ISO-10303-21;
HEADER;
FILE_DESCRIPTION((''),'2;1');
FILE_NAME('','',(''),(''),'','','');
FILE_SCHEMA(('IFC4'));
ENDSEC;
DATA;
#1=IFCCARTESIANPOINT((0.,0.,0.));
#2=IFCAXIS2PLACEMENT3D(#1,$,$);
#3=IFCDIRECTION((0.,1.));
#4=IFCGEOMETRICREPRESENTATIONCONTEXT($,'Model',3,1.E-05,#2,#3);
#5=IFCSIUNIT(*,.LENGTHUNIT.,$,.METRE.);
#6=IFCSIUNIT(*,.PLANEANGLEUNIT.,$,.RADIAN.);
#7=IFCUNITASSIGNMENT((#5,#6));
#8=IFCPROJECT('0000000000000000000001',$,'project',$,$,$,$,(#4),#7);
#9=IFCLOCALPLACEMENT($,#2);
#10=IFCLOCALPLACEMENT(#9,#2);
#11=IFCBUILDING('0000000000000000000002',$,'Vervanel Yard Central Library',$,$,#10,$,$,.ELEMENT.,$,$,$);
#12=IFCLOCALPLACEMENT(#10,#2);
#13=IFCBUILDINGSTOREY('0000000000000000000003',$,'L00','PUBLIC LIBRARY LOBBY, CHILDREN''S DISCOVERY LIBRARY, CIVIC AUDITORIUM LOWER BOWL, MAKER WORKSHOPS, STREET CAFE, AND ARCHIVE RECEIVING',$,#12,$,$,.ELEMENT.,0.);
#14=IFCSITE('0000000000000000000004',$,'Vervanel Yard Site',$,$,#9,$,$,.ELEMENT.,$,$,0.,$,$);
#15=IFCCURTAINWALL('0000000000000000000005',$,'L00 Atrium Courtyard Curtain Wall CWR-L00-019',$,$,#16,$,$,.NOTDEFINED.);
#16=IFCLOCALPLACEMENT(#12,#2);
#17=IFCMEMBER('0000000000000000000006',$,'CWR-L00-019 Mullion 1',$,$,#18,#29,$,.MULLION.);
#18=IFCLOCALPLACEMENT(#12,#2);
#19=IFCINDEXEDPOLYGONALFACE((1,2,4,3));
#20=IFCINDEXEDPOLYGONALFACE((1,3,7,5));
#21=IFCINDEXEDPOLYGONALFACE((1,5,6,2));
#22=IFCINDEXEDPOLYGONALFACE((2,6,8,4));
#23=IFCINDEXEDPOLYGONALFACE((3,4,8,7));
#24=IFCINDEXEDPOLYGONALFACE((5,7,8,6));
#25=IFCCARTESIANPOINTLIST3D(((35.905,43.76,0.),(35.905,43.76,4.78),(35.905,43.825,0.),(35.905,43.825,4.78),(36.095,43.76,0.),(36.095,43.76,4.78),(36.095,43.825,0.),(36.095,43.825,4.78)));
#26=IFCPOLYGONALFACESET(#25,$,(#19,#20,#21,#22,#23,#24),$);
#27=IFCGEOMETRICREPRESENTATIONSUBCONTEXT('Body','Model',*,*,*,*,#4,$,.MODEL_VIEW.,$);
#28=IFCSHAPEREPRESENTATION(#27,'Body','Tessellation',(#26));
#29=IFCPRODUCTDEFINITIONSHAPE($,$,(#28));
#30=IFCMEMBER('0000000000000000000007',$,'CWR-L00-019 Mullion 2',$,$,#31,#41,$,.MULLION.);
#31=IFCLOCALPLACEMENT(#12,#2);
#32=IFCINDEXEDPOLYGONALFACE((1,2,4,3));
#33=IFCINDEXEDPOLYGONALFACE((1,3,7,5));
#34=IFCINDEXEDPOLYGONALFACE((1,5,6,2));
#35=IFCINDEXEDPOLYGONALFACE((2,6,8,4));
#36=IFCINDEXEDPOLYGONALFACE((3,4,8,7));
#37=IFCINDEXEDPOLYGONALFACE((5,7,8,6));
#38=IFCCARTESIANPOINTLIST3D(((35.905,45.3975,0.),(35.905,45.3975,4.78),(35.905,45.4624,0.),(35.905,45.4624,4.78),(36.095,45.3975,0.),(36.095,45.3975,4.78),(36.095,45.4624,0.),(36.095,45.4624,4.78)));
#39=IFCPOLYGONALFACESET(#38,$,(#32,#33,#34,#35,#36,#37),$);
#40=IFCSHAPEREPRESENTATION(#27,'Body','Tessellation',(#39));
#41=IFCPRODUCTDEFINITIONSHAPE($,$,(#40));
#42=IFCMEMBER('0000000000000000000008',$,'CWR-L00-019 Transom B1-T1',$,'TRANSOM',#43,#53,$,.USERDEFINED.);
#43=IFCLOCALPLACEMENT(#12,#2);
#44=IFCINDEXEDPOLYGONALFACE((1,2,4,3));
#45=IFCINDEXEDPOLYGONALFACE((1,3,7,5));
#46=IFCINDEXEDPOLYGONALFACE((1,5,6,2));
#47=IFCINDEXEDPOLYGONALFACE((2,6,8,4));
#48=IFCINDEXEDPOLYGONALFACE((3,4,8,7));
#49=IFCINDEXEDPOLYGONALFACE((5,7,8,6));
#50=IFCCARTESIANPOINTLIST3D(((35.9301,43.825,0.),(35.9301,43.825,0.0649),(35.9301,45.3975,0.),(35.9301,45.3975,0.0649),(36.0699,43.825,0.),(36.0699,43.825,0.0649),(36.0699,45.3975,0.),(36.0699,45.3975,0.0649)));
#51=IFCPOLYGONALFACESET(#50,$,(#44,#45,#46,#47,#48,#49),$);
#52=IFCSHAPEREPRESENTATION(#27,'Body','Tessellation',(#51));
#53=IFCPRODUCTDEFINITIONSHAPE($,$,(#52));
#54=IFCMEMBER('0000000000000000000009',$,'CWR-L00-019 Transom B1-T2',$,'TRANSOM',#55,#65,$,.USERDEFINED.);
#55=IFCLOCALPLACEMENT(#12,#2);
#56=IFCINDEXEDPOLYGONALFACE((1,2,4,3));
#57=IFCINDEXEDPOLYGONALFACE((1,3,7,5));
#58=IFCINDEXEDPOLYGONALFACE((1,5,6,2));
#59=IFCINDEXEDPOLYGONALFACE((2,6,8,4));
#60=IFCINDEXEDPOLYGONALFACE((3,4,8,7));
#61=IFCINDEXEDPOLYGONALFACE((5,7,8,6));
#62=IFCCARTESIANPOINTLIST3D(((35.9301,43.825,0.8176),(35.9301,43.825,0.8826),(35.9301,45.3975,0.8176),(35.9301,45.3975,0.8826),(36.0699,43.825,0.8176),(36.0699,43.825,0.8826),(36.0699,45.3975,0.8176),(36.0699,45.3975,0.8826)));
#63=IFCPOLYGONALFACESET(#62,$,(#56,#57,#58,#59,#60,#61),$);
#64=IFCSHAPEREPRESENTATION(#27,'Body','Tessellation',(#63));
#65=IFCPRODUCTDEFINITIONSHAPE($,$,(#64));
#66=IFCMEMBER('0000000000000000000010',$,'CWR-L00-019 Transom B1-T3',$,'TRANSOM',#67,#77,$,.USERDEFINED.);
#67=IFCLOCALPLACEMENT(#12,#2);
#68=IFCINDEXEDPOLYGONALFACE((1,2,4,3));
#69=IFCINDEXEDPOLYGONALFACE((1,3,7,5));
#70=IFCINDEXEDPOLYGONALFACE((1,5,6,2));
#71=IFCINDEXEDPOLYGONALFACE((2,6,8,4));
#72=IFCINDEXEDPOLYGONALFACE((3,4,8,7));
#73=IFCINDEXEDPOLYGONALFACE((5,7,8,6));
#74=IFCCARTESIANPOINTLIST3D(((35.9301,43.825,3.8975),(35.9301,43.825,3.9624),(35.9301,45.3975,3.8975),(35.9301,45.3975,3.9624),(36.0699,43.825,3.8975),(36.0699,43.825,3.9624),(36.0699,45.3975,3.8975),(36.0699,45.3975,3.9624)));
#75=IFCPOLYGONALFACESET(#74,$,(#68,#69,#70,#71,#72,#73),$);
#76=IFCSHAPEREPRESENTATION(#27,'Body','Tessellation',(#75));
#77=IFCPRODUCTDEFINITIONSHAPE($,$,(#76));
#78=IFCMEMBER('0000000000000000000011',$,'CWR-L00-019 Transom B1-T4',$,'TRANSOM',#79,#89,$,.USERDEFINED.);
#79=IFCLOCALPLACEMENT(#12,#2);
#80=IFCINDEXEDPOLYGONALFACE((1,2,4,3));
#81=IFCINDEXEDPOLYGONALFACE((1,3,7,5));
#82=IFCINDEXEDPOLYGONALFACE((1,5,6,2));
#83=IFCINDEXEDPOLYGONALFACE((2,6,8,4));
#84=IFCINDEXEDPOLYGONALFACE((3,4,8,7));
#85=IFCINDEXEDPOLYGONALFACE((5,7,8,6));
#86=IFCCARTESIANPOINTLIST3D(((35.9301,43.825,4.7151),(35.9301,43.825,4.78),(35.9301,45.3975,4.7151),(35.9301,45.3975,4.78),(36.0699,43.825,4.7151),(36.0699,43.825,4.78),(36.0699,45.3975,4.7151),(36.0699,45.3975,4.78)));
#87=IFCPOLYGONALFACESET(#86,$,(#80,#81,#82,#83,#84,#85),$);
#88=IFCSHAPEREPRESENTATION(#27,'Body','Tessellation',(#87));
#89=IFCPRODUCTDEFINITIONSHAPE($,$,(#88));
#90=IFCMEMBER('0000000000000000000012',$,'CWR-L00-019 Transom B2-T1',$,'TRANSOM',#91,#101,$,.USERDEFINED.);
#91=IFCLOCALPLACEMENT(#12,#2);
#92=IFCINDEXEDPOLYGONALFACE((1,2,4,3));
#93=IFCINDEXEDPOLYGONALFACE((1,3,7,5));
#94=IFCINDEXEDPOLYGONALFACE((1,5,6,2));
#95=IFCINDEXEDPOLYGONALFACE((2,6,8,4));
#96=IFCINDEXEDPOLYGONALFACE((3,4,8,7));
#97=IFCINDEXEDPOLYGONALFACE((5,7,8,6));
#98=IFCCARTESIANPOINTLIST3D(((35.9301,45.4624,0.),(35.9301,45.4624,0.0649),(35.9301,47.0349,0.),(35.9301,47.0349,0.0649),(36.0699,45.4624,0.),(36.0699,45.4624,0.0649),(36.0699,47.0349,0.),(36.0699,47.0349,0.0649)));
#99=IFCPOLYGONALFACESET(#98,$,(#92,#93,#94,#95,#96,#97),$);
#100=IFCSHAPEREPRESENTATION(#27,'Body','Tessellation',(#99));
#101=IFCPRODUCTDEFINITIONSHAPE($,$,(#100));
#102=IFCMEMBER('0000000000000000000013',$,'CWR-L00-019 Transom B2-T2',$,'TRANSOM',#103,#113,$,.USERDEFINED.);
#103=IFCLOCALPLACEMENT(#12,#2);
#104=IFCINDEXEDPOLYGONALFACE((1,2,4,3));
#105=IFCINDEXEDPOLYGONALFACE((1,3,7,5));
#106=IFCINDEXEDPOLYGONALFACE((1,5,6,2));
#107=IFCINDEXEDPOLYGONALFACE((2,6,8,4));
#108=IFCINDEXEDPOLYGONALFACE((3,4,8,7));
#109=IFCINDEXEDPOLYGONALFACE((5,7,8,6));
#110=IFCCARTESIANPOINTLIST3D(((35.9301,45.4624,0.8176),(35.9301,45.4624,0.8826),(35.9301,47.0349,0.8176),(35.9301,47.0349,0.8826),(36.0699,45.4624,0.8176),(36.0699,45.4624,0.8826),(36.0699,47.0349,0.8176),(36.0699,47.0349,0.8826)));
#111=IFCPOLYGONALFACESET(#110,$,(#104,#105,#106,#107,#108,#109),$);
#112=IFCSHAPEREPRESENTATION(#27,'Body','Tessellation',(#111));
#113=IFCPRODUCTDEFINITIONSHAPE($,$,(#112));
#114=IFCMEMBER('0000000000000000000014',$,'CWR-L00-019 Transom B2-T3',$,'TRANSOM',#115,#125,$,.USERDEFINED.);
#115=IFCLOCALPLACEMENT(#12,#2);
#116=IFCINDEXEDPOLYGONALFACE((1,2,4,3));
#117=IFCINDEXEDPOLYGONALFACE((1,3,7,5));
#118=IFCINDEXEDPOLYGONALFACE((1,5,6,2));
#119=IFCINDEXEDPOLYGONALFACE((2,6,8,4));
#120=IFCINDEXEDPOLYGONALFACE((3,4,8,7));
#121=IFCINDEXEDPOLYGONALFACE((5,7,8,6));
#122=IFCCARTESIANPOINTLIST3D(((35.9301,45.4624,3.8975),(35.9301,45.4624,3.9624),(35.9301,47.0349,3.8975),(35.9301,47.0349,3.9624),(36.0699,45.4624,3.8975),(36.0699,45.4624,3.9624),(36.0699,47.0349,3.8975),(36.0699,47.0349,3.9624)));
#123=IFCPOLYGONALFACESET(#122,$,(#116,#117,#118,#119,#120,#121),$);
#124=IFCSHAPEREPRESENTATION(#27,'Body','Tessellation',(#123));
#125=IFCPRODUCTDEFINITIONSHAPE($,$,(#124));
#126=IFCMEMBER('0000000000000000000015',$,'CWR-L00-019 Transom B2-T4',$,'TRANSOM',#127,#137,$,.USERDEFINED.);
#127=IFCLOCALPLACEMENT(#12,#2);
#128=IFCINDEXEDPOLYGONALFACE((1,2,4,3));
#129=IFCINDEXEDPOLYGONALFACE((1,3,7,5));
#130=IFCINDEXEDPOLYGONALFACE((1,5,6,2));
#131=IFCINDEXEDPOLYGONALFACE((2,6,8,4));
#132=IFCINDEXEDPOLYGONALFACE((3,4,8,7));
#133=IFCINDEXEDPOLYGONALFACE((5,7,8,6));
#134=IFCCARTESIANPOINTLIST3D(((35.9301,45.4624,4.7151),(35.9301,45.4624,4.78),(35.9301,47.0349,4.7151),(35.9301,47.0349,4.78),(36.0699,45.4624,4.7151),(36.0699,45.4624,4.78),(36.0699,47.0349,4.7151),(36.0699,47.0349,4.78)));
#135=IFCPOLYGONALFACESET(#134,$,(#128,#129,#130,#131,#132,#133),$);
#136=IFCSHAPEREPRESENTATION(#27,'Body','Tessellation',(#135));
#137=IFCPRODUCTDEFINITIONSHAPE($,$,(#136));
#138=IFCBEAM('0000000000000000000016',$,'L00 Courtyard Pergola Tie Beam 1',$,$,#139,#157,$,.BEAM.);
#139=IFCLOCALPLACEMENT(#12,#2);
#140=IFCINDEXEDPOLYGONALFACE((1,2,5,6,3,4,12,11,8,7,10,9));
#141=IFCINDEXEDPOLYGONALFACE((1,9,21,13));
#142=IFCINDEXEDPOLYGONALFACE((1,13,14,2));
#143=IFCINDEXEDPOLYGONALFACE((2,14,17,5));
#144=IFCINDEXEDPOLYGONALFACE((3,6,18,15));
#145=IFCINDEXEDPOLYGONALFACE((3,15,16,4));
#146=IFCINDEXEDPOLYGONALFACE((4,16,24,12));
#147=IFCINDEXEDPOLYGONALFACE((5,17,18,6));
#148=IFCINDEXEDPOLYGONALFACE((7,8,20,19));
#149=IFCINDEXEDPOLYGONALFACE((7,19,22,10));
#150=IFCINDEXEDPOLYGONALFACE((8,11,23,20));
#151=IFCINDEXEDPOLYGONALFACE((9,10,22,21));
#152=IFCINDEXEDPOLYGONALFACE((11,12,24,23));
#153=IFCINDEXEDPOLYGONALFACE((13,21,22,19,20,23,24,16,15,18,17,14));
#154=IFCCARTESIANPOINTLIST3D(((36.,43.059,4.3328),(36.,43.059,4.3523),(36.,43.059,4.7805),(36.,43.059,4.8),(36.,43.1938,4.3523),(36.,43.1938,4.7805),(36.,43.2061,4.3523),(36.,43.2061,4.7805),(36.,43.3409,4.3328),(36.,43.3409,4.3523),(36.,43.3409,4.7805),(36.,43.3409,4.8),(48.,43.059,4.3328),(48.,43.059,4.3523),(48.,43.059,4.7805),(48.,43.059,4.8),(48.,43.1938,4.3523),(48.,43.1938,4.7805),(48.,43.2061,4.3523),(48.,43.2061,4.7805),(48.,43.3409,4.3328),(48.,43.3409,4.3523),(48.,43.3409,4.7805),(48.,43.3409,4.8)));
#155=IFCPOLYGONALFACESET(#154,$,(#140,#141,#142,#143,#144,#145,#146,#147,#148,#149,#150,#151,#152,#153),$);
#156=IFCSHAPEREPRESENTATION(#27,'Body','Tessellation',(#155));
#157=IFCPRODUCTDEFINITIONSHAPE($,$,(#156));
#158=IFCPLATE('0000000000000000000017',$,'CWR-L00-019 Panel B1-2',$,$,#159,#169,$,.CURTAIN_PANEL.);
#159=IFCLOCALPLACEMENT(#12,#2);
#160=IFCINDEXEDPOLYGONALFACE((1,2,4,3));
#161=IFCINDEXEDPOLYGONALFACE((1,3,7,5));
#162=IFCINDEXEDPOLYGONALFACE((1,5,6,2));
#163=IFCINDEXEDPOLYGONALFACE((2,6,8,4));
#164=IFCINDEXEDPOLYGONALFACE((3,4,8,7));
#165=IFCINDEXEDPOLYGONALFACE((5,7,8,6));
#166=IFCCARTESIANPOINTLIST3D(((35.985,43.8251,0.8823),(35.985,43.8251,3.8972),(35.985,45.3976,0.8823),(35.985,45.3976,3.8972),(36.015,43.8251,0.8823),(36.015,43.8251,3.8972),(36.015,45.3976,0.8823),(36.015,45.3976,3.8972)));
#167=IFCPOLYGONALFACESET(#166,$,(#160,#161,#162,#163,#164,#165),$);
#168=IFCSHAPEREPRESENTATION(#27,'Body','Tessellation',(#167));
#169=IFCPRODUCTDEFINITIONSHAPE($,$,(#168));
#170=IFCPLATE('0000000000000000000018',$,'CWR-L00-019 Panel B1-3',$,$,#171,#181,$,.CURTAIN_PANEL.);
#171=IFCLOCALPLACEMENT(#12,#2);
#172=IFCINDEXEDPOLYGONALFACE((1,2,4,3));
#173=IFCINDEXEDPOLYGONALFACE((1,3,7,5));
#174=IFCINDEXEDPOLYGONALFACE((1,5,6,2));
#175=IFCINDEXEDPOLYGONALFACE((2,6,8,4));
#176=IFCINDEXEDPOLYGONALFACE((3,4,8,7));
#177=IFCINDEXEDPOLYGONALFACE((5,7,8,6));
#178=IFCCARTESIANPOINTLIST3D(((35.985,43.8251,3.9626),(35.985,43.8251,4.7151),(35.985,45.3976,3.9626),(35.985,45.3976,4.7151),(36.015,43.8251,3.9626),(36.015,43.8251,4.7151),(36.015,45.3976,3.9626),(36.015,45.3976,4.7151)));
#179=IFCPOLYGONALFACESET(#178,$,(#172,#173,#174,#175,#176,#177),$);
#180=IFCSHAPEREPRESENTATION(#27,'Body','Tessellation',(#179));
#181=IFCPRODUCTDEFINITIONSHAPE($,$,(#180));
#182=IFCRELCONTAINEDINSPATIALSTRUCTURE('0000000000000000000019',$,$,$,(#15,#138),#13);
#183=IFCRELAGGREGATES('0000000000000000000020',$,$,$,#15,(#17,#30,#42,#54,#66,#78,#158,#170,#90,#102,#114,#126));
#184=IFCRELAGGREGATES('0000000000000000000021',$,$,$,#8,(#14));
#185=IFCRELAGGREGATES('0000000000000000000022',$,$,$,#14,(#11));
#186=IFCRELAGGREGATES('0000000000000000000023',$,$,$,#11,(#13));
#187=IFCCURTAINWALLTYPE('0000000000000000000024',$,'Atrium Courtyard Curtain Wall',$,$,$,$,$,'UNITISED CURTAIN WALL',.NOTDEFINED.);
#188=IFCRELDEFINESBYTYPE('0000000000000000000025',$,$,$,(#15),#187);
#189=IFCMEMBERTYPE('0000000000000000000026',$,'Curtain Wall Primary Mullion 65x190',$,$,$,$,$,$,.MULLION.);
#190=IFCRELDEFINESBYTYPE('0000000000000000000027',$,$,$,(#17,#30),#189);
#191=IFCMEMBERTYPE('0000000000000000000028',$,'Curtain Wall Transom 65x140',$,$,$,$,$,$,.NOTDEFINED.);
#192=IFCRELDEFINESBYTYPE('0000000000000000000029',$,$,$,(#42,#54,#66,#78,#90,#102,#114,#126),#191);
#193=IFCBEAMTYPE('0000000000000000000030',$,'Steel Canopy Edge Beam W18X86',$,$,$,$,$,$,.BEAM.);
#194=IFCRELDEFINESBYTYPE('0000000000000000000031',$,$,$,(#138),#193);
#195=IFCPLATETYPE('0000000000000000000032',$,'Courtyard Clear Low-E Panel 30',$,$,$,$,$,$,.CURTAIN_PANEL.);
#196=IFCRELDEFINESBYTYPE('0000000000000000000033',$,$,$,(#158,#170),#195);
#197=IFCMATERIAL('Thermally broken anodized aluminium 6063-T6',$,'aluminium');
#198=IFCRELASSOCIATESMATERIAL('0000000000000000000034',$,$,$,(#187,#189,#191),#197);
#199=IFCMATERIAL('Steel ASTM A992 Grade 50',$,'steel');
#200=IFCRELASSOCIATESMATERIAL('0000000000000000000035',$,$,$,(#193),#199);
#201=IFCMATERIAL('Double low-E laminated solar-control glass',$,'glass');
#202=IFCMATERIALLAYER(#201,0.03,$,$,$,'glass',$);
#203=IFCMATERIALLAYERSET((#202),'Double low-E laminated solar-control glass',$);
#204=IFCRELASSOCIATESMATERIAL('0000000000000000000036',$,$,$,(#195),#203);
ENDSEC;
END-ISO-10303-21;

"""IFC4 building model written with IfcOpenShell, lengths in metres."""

from ifc_helpers import new_model, si_unit, direction, frame, origin, origin_2d, place, context, subcontext, project, spatial, rectangle, i_section, extrude, material, layer, layer_set, material_profile, profile_set, type_object, element, aggregate, save


model = new_model("IFC4")

# Units and contexts
model_context = context("Model", 3, precision=1e-05, world=origin(), true_north=direction((0.0, 1.0)))
body_context = subcontext(model_context, "Body", "Model", "MODEL_VIEW")
ifc_project = project(units=[si_unit("LENGTHUNIT", "METRE"), si_unit("PLANEANGLEUNIT", "RADIAN")], contexts=[model_context])

# Site, building, storey
site_placement = place(None, origin())
site = spatial("IfcSite", under=ifc_project, at=site_placement, Name="Vervanel Yard Site", CompositionType="ELEMENT", RefElevation=0.0)
building_placement = place(site_placement, origin())
building = spatial("IfcBuilding", under=site, at=building_placement, Name="Vervanel Yard Central Library", CompositionType="ELEMENT")
storey_placement = place(building_placement, origin())
storey = spatial("IfcBuildingStorey", under=building, at=storey_placement, Name="L00", Description="PUBLIC LIBRARY LOBBY, CHILDREN'S DISCOVERY LIBRARY, CIVIC AUDITORIUM LOWER BOWL, MAKER WORKSHOPS, STREET CAFE, AND ARCHIVE RECEIVING", CompositionType="ELEMENT", Elevation=0.0)

# Shared definitions
ifc_material_1 = material(Name="Thermally broken anodized aluminium 6063-T6", Category="aluminium")
curtain_wall_type = type_object("IfcCurtainWallType", Name="Atrium Courtyard Curtain Wall", ElementType="UNITISED CURTAIN WALL", PredefinedType="NOTDEFINED", material=ifc_material_1)
ifc_material_profile_1 = material_profile(ifc_material_1, rectangle(XDim=0.0649, YDim=0.1899, at=origin_2d()), Name="ALU 65x190", Category="aluminium")
ifc_profile_set_1 = profile_set([ifc_material_profile_1], Name="Thermally broken anodized aluminium 6063-T6")
member_type_1 = type_object("IfcMemberType", Name="Curtain Wall Primary Mullion 65x190", PredefinedType="MULLION", material=ifc_profile_set_1)

# Curtain wall, members
curtain_wall_1_placement = place(storey_placement, origin())
curtain_wall_1 = element("IfcCurtainWall", 1, at=curtain_wall_1_placement, inside=storey, type_object=curtain_wall_type, Name="L00 Atrium Courtyard Curtain Wall CWR-L00-019", PredefinedType="NOTDEFINED")
member_1_placement = place(storey_placement, frame((36.0, 43.7925, 0.0), z_axis=(0.0, 0.0, 1.0), x_axis=(0.0, 1.0, 0.0)))
member_1 = element("IfcMember", 2, at=member_1_placement, type_object=member_type_1, Name="CWR-L00-019 Mullion 1", PredefinedType="MULLION", context=body_context, shape_type="SweptSolid", body=[
    extrude(rectangle(XDim=0.0649, YDim=0.1899, at=origin_2d()), origin(), (0.0, 0.0, 1.0), 4.78),
])
member_2_placement = place(storey_placement, frame((36.0, 45.4299, 0.0), z_axis=(0.0, 0.0, 1.0), x_axis=(0.0, 1.0, 0.0)))
member_2 = element("IfcMember", 3, at=member_2_placement, type_object=member_type_1, Name="CWR-L00-019 Mullion 2", PredefinedType="MULLION", context=body_context, shape_type="SweptSolid", body=[
    extrude(rectangle(XDim=0.0649, YDim=0.1899, at=origin_2d()), origin(), (0.0, 0.0, 1.0), 4.78),
])
ifc_material_profile_2 = material_profile(ifc_material_1, rectangle(XDim=0.0649, YDim=0.1399, at=origin_2d()), Name="ALU 65x140", Category="aluminium")
ifc_profile_set_2 = profile_set([ifc_material_profile_2], Name="Thermally broken anodized aluminium 6063-T6")
member_type_2 = type_object("IfcMemberType", Name="Curtain Wall Transom 65x140", PredefinedType="NOTDEFINED", material=ifc_profile_set_2)
member_3_placement = place(storey_placement, frame((36.0, 43.825, 0.0325), z_axis=(0.0, 1.0, 0.0), x_axis=(0.0, 0.0, 1.0)))
member_3 = element("IfcMember", 4, at=member_3_placement, type_object=member_type_2, Name="CWR-L00-019 Transom B1-T1", ObjectType="TRANSOM", PredefinedType="USERDEFINED", context=body_context, shape_type="SweptSolid", body=[
    extrude(rectangle(XDim=0.0649, YDim=0.1399, at=origin_2d()), origin(), (0.0, 0.0, 1.0), 1.5725),
])
member_4_placement = place(storey_placement, frame((36.0, 43.825, 0.8501), z_axis=(0.0, 1.0, 0.0), x_axis=(0.0, 0.0, 1.0)))
member_4 = element("IfcMember", 5, at=member_4_placement, type_object=member_type_2, Name="CWR-L00-019 Transom B1-T2", ObjectType="TRANSOM", PredefinedType="USERDEFINED", context=body_context, shape_type="SweptSolid", body=[
    extrude(rectangle(XDim=0.0649, YDim=0.1399, at=origin_2d()), origin(), (0.0, 0.0, 1.0), 1.5725),
])
member_5_placement = place(storey_placement, frame((36.0, 43.825, 3.9299), z_axis=(0.0, 1.0, 0.0), x_axis=(0.0, 0.0, 1.0)))
member_5 = element("IfcMember", 6, at=member_5_placement, type_object=member_type_2, Name="CWR-L00-019 Transom B1-T3", ObjectType="TRANSOM", PredefinedType="USERDEFINED", context=body_context, shape_type="SweptSolid", body=[
    extrude(rectangle(XDim=0.0649, YDim=0.1399, at=origin_2d()), origin(), (0.0, 0.0, 1.0), 1.5725),
])
member_6_placement = place(storey_placement, frame((36.0, 43.825, 4.7476), z_axis=(0.0, 1.0, 0.0), x_axis=(0.0, 0.0, 1.0)))
member_6 = element("IfcMember", 7, at=member_6_placement, type_object=member_type_2, Name="CWR-L00-019 Transom B1-T4", ObjectType="TRANSOM", PredefinedType="USERDEFINED", context=body_context, shape_type="SweptSolid", body=[
    extrude(rectangle(XDim=0.0649, YDim=0.1399, at=origin_2d()), origin(), (0.0, 0.0, 1.0), 1.5725),
])
member_7_placement = place(storey_placement, frame((36.0, 45.4624, 0.0325), z_axis=(0.0, 1.0, 0.0), x_axis=(0.0, 0.0, 1.0)))
member_7 = element("IfcMember", 8, at=member_7_placement, type_object=member_type_2, Name="CWR-L00-019 Transom B2-T1", ObjectType="TRANSOM", PredefinedType="USERDEFINED", context=body_context, shape_type="SweptSolid", body=[
    extrude(rectangle(XDim=0.0649, YDim=0.1399, at=origin_2d()), origin(), (0.0, 0.0, 1.0), 1.5725),
])
member_8_placement = place(storey_placement, frame((36.0, 45.4624, 0.8501), z_axis=(0.0, 1.0, 0.0), x_axis=(0.0, 0.0, 1.0)))
member_8 = element("IfcMember", 9, at=member_8_placement, type_object=member_type_2, Name="CWR-L00-019 Transom B2-T2", ObjectType="TRANSOM", PredefinedType="USERDEFINED", context=body_context, shape_type="SweptSolid", body=[
    extrude(rectangle(XDim=0.0649, YDim=0.1399, at=origin_2d()), origin(), (0.0, 0.0, 1.0), 1.5725),
])
member_9_placement = place(storey_placement, frame((36.0, 45.4624, 3.9299), z_axis=(0.0, 1.0, 0.0), x_axis=(0.0, 0.0, 1.0)))
member_9 = element("IfcMember", 10, at=member_9_placement, type_object=member_type_2, Name="CWR-L00-019 Transom B2-T3", ObjectType="TRANSOM", PredefinedType="USERDEFINED", context=body_context, shape_type="SweptSolid", body=[
    extrude(rectangle(XDim=0.0649, YDim=0.1399, at=origin_2d()), origin(), (0.0, 0.0, 1.0), 1.5725),
])
member_10_placement = place(storey_placement, frame((36.0, 45.4624, 4.7476), z_axis=(0.0, 1.0, 0.0), x_axis=(0.0, 0.0, 1.0)))
member_10 = element("IfcMember", 11, at=member_10_placement, type_object=member_type_2, Name="CWR-L00-019 Transom B2-T4", ObjectType="TRANSOM", PredefinedType="USERDEFINED", context=body_context, shape_type="SweptSolid", body=[
    extrude(rectangle(XDim=0.0649, YDim=0.1399, at=origin_2d()), origin(), (0.0, 0.0, 1.0), 1.5725),
])

# Beam
ifc_material_2 = material(Name="Steel ASTM A992 Grade 50", Category="steel")
ifc_material_profile_3 = material_profile(ifc_material_2, i_section(OverallWidth=0.282, OverallDepth=0.4673, WebThickness=0.0122, FlangeThickness=0.0195, at=origin_2d()), Name="W18X86", Category="steel")
ifc_profile_set_3 = profile_set([ifc_material_profile_3], Name="Steel ASTM A992 Grade 50")
beam_type = type_object("IfcBeamType", Name="Steel Canopy Edge Beam W18X86", PredefinedType="BEAM", material=ifc_profile_set_3)
beam_placement = place(storey_placement, frame((36.0, 43.2, 4.5664), z_axis=(1.0, 0.0, 0.0), x_axis=(0.0, 1.0, 0.0)))
element("IfcBeam", 12, at=beam_placement, inside=storey, type_object=beam_type, Name="L00 Courtyard Pergola Tie Beam 1", PredefinedType="BEAM", context=body_context, shape_type="SweptSolid", body=[
    extrude(i_section(OverallWidth=0.282, OverallDepth=0.4673, WebThickness=0.0122, FlangeThickness=0.0195, at=origin_2d()), origin(), (0.0, 0.0, 1.0), 12.0),
])

# Plates
ifc_material_3 = material(Name="Double low-E laminated solar-control glass", Category="glass")
ifc_layer_1 = layer(ifc_material_3, 0.03, Category="glass")
ifc_layer_set_1 = layer_set([ifc_layer_1], Name="Double low-E laminated solar-control glass")
plate_type_1 = type_object("IfcPlateType", Name="Courtyard Clear Low-E Panel 30", PredefinedType="CURTAIN_PANEL", material=ifc_layer_set_1)
plate_1_placement = place(storey_placement, frame((36.0, 44.6113, 0.8823), z_axis=(0.0, 0.0, 1.0), x_axis=(0.0, 1.0, 0.0)))
plate_1 = element("IfcPlate", 13, at=plate_1_placement, type_object=plate_type_1, Name="CWR-L00-019 Panel B1-2", PredefinedType="CURTAIN_PANEL", context=body_context, shape_type="SweptSolid", body=[
    extrude(rectangle(XDim=1.5725, YDim=0.03, at=origin_2d()), origin(), (0.0, 0.0, 1.0), 3.0149),
])
plate_2_placement = place(storey_placement, frame((36.0, 44.6113, 3.9626), z_axis=(0.0, 0.0, 1.0), x_axis=(0.0, 1.0, 0.0)))
plate_2 = element("IfcPlate", 14, at=plate_2_placement, type_object=plate_type_1, Name="CWR-L00-019 Panel B1-3", PredefinedType="CURTAIN_PANEL", context=body_context, shape_type="SweptSolid", body=[
    extrude(rectangle(XDim=1.5725, YDim=0.03, at=origin_2d()), origin(), (0.0, 0.0, 1.0), 0.7524),
])
aggregate(curtain_wall_1, [member_1, member_2, member_3, member_4, member_5, member_6, plate_1, plate_2, member_7, member_8, member_9, member_10])

save(model, "model.ifc")
